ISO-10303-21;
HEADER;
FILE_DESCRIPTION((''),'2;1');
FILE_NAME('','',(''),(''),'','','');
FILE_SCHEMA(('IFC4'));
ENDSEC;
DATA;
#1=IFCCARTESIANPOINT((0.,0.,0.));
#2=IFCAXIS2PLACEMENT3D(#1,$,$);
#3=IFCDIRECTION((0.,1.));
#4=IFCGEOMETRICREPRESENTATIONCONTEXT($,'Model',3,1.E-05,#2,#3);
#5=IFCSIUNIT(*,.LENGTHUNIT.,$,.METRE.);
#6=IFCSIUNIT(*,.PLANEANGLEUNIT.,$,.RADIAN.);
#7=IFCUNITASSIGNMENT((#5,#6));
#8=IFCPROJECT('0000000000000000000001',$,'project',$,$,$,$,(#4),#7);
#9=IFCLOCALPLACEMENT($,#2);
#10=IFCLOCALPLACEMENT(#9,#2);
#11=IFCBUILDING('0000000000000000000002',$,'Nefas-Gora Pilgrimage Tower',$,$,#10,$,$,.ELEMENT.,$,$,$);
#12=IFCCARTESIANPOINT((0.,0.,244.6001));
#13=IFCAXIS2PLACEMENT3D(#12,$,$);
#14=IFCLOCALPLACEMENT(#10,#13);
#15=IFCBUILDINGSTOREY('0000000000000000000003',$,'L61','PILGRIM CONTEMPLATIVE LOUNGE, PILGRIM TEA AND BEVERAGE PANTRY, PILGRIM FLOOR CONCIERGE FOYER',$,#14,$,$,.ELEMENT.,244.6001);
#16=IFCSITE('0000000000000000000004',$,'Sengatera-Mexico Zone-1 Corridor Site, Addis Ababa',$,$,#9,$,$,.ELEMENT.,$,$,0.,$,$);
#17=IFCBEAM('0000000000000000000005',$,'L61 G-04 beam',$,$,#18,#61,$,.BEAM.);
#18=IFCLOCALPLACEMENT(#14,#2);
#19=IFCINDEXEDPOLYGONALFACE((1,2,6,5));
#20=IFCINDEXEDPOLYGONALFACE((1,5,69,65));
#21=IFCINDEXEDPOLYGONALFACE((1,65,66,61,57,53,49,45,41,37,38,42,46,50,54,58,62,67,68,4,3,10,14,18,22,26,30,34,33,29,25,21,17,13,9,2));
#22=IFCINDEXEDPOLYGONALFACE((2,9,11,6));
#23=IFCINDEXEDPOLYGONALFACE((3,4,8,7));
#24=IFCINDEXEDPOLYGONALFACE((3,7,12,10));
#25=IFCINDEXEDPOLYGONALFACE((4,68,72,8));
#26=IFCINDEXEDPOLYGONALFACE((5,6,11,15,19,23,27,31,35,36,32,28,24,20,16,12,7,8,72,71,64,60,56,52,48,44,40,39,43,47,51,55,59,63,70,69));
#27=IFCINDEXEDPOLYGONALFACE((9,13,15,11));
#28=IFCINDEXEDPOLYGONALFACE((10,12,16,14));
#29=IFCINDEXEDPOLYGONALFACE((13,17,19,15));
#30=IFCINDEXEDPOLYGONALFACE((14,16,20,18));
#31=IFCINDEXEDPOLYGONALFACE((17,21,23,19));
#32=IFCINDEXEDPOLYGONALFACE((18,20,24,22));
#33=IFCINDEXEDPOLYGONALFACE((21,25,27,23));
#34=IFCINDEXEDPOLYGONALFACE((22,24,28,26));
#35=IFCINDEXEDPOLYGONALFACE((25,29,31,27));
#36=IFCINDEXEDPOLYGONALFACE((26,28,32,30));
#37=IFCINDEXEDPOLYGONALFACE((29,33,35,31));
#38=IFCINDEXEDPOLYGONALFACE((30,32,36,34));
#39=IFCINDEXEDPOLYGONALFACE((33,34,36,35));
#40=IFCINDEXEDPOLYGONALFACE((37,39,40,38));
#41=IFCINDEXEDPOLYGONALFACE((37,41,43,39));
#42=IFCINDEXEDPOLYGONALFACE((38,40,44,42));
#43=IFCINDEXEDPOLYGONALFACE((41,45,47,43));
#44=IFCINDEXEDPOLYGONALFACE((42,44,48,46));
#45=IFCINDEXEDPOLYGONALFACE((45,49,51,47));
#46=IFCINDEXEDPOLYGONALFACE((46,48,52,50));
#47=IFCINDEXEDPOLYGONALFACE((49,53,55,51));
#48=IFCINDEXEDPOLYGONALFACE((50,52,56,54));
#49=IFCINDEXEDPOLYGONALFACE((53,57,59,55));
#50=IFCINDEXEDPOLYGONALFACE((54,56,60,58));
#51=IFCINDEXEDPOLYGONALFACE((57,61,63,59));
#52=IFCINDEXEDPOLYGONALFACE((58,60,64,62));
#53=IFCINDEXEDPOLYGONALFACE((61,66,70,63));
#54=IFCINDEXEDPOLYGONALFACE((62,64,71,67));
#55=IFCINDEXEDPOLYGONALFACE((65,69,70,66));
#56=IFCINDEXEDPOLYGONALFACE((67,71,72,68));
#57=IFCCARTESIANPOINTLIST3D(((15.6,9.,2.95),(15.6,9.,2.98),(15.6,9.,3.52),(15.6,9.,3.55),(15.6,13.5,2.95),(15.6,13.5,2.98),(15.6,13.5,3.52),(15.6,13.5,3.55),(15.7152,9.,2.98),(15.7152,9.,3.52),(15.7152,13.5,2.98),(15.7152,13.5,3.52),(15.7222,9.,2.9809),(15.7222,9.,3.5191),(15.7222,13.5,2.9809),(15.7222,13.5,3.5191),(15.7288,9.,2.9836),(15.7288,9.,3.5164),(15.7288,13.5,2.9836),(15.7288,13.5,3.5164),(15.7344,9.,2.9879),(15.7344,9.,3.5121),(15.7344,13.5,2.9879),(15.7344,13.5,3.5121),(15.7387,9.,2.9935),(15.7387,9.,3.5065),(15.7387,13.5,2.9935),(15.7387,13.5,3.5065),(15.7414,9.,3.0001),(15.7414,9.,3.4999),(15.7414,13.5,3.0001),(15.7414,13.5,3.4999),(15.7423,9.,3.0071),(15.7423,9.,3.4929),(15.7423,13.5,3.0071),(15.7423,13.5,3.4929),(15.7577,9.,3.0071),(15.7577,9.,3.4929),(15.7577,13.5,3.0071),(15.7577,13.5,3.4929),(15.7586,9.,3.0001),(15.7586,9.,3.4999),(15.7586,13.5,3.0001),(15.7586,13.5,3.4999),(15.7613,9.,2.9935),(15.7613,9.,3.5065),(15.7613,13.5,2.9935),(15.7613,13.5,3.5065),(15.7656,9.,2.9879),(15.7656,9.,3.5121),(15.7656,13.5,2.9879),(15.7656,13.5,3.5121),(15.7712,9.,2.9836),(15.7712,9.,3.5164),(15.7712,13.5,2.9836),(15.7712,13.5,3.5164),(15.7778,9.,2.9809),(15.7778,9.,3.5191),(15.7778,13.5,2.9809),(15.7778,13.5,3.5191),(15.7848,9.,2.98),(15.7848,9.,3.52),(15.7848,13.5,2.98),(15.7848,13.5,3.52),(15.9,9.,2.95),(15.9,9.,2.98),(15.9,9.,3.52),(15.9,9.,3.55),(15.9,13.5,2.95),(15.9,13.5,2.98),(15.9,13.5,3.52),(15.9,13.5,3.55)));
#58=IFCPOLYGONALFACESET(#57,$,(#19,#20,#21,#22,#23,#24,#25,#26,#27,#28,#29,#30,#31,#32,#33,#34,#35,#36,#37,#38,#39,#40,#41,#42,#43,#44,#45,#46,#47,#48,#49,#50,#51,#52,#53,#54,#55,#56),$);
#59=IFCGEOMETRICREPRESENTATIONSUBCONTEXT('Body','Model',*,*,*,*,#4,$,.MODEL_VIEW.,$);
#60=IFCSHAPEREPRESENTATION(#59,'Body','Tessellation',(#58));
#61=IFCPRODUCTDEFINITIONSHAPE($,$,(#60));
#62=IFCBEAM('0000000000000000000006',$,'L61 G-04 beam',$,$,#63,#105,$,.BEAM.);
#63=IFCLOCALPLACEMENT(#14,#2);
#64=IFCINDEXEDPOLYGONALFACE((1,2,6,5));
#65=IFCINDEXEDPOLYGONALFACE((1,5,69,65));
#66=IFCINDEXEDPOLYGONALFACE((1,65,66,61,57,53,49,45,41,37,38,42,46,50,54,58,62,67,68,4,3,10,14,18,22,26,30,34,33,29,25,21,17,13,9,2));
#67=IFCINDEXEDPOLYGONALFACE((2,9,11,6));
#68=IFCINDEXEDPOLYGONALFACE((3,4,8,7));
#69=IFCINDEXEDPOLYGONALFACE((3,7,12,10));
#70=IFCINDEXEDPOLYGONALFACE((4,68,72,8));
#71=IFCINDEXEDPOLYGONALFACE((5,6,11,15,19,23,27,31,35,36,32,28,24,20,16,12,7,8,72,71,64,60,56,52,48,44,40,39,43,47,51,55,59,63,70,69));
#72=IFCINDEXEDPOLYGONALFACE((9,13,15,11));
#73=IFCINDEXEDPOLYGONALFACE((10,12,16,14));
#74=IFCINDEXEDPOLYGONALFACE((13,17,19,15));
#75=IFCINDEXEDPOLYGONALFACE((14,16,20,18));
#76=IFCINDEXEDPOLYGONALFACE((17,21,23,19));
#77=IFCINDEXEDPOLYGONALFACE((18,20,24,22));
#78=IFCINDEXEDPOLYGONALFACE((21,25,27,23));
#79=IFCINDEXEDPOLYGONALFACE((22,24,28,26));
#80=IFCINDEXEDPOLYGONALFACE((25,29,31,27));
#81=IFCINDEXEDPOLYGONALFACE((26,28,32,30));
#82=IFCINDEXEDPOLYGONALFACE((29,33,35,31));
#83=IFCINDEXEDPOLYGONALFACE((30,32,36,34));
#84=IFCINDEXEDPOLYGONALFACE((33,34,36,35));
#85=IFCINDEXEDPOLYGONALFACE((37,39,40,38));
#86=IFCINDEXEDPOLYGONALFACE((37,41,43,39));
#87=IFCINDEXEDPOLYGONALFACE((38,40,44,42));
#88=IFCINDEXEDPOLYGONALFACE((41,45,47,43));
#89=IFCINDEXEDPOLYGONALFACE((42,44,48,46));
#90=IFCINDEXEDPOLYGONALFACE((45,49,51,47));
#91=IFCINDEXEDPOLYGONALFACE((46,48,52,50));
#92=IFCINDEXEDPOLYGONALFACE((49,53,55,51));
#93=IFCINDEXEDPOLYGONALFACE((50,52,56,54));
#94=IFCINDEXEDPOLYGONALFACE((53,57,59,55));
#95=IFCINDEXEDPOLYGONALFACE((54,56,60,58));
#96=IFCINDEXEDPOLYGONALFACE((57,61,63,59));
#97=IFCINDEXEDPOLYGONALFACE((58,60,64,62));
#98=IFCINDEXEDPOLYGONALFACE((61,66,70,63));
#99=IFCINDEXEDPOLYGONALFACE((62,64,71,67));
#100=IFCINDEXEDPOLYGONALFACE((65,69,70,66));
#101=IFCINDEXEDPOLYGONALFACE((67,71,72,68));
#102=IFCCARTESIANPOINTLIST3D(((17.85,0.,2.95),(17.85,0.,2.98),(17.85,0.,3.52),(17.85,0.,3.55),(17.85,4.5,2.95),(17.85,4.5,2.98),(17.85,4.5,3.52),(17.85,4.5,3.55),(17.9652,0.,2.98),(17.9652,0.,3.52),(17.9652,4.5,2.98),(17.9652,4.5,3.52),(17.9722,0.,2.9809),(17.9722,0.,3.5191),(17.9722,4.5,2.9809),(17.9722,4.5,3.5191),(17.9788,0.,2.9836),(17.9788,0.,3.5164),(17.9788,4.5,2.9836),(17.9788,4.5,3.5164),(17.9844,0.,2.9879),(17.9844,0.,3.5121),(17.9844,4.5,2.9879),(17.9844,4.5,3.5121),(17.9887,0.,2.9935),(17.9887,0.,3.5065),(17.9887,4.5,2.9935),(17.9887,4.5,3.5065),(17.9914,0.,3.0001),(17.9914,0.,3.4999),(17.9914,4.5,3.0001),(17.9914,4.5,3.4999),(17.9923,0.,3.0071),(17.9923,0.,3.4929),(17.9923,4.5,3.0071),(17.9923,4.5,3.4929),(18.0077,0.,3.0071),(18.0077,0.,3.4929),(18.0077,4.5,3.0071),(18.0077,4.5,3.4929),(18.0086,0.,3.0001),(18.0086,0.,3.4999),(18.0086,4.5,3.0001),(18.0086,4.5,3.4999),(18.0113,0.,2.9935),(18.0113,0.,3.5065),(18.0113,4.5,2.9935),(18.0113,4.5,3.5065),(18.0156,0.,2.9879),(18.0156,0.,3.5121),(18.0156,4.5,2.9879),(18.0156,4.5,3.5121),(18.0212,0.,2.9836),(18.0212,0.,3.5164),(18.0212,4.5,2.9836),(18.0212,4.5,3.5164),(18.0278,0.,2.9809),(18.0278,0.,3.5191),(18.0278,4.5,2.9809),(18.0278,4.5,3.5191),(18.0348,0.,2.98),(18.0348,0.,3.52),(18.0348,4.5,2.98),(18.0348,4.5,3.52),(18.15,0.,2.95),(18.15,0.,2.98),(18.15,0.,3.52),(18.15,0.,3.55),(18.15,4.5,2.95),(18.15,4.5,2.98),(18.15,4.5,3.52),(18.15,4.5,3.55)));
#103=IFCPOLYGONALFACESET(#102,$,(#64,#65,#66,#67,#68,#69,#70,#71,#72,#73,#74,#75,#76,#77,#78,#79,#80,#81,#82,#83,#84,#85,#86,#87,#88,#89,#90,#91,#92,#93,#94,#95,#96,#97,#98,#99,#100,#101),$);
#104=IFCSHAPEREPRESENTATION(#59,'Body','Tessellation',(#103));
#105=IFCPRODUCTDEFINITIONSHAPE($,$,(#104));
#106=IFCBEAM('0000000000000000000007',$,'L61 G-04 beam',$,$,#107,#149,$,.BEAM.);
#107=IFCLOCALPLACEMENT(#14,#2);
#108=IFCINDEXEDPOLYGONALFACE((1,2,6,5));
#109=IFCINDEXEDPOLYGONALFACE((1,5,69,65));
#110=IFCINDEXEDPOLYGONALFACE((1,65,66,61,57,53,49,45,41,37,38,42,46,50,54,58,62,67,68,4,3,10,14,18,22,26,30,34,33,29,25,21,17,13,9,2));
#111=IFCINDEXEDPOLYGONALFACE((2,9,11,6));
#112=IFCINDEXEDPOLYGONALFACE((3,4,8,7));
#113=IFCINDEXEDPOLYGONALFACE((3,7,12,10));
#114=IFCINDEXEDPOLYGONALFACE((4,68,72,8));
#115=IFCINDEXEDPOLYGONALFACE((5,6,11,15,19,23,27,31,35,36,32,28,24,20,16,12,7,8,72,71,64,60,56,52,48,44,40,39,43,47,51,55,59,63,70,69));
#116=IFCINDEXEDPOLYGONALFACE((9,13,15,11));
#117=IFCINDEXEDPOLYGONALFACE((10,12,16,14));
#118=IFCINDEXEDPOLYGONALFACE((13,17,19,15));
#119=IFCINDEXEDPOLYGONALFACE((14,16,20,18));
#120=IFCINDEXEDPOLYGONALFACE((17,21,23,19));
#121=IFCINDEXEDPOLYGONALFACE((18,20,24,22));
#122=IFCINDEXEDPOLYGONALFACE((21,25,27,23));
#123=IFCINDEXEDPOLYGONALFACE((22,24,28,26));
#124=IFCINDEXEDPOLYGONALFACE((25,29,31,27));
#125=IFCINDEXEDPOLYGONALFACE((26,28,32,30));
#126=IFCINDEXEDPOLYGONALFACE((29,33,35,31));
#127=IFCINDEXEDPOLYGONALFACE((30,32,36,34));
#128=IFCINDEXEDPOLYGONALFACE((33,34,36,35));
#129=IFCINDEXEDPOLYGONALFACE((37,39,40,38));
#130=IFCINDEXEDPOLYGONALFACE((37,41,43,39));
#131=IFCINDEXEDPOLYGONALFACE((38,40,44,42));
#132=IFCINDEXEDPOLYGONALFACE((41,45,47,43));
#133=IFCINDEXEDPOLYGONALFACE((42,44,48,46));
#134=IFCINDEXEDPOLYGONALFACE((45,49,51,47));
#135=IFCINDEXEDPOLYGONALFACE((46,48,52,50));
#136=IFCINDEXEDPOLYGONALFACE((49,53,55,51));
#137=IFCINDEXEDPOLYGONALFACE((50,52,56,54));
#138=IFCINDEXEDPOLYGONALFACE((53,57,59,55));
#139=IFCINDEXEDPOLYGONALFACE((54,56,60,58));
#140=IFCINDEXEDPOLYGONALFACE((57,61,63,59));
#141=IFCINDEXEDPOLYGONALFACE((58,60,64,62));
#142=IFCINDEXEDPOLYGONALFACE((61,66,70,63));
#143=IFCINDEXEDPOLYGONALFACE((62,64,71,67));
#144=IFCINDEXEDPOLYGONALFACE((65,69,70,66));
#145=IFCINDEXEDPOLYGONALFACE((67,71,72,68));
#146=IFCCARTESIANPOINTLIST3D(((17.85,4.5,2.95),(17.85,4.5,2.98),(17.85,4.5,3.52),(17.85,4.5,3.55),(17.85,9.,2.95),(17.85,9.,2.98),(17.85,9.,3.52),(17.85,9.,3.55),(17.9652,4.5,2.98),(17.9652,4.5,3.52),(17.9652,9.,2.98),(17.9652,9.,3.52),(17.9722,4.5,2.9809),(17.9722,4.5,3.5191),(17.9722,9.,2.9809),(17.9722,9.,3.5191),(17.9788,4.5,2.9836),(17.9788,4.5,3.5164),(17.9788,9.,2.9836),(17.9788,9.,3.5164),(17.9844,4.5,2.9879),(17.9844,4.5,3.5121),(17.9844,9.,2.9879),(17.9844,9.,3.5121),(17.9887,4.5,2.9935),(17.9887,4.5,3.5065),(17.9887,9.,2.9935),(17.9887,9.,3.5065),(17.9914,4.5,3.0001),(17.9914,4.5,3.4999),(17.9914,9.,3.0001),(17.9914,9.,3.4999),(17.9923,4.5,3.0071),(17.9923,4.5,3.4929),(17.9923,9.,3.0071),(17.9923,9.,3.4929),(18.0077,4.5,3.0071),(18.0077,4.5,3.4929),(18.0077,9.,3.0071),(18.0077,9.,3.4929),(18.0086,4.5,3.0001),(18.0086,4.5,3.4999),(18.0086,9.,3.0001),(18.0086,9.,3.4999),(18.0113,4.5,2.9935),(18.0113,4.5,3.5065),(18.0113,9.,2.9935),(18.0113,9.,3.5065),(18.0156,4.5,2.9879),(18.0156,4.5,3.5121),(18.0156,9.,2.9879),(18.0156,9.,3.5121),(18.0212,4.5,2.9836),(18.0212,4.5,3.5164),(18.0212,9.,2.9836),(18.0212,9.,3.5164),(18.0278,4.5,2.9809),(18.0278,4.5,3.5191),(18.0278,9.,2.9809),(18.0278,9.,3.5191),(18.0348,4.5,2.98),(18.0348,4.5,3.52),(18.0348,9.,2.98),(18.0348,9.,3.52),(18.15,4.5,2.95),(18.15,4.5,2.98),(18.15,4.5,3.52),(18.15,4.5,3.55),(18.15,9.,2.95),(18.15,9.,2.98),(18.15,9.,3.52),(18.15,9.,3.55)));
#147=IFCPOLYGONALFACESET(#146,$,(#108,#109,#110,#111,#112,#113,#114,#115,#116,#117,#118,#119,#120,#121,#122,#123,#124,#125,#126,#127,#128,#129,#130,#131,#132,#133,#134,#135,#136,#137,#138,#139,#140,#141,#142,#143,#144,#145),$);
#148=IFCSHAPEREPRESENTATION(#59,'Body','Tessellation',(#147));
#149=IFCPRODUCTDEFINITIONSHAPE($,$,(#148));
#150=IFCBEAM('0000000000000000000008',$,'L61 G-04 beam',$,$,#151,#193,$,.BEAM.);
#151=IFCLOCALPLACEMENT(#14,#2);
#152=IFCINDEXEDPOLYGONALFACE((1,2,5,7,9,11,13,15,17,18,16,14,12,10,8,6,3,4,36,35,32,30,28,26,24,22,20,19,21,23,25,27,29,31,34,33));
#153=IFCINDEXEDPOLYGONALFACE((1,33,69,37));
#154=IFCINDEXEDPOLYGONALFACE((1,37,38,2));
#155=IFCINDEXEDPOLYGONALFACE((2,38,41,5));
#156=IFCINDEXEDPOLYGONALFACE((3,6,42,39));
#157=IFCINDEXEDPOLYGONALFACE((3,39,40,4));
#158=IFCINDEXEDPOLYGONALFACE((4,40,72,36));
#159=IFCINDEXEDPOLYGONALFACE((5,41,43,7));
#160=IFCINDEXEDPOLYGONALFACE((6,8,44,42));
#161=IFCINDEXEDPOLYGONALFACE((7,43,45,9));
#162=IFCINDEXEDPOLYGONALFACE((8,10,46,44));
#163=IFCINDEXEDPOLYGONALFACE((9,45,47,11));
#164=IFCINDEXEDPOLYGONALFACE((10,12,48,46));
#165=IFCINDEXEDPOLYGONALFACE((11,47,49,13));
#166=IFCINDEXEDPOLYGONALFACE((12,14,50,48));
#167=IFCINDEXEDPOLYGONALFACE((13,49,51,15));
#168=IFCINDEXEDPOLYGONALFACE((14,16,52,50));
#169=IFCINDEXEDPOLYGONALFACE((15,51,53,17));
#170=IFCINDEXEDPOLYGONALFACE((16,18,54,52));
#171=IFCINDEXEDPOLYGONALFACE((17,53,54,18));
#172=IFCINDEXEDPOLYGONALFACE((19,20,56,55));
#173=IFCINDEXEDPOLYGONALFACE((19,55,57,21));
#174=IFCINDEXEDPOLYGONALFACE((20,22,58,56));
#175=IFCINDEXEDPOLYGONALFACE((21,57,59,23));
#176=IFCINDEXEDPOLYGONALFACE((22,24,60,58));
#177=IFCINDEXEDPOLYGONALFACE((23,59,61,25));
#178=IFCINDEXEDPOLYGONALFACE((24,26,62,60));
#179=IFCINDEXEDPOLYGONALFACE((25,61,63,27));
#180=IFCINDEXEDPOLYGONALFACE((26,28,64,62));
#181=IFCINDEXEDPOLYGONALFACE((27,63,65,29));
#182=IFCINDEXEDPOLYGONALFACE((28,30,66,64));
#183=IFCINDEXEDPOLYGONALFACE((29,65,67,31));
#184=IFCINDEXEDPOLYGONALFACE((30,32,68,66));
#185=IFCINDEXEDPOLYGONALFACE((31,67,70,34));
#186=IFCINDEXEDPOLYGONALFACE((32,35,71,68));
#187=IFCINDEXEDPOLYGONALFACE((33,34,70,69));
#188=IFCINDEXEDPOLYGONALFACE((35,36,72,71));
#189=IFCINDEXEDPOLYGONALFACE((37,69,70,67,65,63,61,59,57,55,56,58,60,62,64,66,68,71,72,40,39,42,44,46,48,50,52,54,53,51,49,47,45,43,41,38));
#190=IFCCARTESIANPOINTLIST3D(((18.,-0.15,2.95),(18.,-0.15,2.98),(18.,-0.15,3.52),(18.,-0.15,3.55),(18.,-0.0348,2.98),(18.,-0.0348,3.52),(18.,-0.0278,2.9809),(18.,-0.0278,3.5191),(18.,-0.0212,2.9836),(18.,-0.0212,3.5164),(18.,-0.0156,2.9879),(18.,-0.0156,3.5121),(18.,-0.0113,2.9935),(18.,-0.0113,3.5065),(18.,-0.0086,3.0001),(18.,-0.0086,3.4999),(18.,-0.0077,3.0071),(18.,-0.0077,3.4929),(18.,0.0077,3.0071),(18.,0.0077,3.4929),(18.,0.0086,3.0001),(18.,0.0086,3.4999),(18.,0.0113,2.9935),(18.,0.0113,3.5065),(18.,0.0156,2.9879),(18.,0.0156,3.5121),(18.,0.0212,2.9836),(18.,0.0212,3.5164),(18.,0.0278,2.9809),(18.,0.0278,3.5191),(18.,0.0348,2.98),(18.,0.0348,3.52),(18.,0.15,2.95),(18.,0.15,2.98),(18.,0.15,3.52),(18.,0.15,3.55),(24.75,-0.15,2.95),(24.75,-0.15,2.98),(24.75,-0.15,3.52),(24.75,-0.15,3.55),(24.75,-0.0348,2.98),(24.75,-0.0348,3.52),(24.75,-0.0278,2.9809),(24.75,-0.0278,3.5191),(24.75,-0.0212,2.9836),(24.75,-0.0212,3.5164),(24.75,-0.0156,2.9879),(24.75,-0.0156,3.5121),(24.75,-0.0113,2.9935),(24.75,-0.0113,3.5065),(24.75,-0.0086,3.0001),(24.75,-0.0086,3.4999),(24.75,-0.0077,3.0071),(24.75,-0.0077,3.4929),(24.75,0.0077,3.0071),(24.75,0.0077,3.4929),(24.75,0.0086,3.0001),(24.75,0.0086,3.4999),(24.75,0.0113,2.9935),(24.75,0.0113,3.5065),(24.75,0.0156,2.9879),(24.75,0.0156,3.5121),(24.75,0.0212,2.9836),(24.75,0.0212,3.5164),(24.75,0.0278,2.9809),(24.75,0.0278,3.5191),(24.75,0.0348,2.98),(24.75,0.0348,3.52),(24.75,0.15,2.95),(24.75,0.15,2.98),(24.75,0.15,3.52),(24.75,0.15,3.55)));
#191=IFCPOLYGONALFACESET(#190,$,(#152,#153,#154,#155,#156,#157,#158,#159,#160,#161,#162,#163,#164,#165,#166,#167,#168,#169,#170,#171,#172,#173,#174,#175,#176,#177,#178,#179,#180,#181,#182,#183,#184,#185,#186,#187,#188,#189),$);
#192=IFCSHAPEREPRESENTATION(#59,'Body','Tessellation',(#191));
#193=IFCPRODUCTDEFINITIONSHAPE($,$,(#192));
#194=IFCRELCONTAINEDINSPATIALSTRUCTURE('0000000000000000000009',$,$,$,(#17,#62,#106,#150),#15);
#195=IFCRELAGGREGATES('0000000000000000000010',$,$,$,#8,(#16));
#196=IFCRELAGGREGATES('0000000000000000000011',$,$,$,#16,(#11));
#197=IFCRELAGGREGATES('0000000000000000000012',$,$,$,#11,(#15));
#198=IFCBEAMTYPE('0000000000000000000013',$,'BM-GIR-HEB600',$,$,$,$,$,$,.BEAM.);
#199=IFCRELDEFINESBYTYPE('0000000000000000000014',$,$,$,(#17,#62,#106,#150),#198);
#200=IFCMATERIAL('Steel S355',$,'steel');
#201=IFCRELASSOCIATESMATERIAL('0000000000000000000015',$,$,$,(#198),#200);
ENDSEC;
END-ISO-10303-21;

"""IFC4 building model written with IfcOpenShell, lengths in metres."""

from ifc_helpers import new_model, si_unit, direction, frame, origin, origin_2d, place, context, subcontext, project, spatial, i_section, extrude, source, transform, mapped, material, material_profile, profile_set, type_object, element, save


model = new_model("IFC4")

# Units and contexts
model_context = context("Model", 3, precision=1e-05, world=origin(), true_north=direction((0.0, 1.0)))
body_context = subcontext(model_context, "Body", "Model", "MODEL_VIEW")
ifc_project = project(units=[si_unit("LENGTHUNIT", "METRE"), si_unit("PLANEANGLEUNIT", "RADIAN")], contexts=[model_context])

# Site, building, storey
site_placement = place(None, origin())
site = spatial("IfcSite", under=ifc_project, at=site_placement, Name="Sengatera-Mexico Zone-1 Corridor Site, Addis Ababa", CompositionType="ELEMENT", RefElevation=0.0)
building_placement = place(site_placement, origin())
building = spatial("IfcBuilding", under=site, at=building_placement, Name="Nefas-Gora Pilgrimage Tower", CompositionType="ELEMENT")
storey_placement = place(building_placement, frame((0.0, 0.0, 244.6001)))
storey = spatial("IfcBuildingStorey", under=building, at=storey_placement, Name="L61", Description="PILGRIM CONTEMPLATIVE LOUNGE, PILGRIM TEA AND BEVERAGE PANTRY, PILGRIM FLOOR CONCIERGE FOYER", CompositionType="ELEMENT", Elevation=244.6001)

# Beams
ifc_material_1 = material(Name="Steel S355", Category="steel")
ifc_material_profile_1 = material_profile(ifc_material_1, i_section(OverallWidth=0.3, OverallDepth=0.6001, WebThickness=0.0154, FlangeThickness=0.03, FilletRadius=0.0271, at=origin_2d()), Name="HEB 600")
ifc_profile_set_1 = profile_set([ifc_material_profile_1], Name="Steel S355")
beam_type_1 = type_object("IfcBeamType", Name="BM-GIR-HEB600", PredefinedType="BEAM", material=ifc_profile_set_1)
shared_shape_1 = source(origin(), body_context, "Body", "SweptSolid", [
    extrude(i_section(OverallWidth=0.3, OverallDepth=0.6001, WebThickness=0.0154, FlangeThickness=0.03, FilletRadius=0.0271, at=origin_2d()), origin(), (0.0, 0.0, 1.0), 4.5),
])
for number, where, z_axis, x_axis, name in (
    (1, (15.75, 9.0, 3.25), (0.0, 1.0, 0.0), (-1.0, 0.0, 0.0), "L61 G-04 beam"),
    (2, (18.0, 0.0, 3.25), (0.0, 1.0, 0.0), (-1.0, 0.0, 0.0), "L61 G-04 beam"),
    (3, (18.0, 4.5, 3.25), (0.0, 1.0, 0.0), (-1.0, 0.0, 0.0), "L61 G-04 beam"),
):
    element("IfcBeam", number, at=place(storey_placement, frame(where, z_axis=z_axis, x_axis=x_axis)), inside=storey, type_object=beam_type_1, Name=name, PredefinedType="BEAM", context=body_context, shape_type="MappedRepresentation", body=[
        mapped(shared_shape_1, transform((0.0, 0.0, 0.0), x_axis=(1.0, 0.0, 0.0), y_axis=(0.0, 1.0, 0.0), z_axis=(0.0, 0.0, 1.0), scale=1.0)),
    ])
shared_shape_2 = source(origin(), body_context, "Body", "SweptSolid", [
    extrude(i_section(OverallWidth=0.3, OverallDepth=0.6001, WebThickness=0.0154, FlangeThickness=0.03, FilletRadius=0.0271, at=origin_2d()), origin(), (0.0, 0.0, 1.0), 6.75),
])
for number, where, z_axis, x_axis, name in (
    (4, (18.0, 0.0, 3.25), (1.0, 0.0, 0.0), (0.0, 1.0, 0.0), "L61 G-04 beam"),
):
    element("IfcBeam", number, at=place(storey_placement, frame(where, z_axis=z_axis, x_axis=x_axis)), inside=storey, type_object=beam_type_1, Name=name, PredefinedType="BEAM", context=body_context, shape_type="MappedRepresentation", body=[
        mapped(shared_shape_2, transform((0.0, 0.0, 0.0), x_axis=(1.0, 0.0, 0.0), y_axis=(0.0, 1.0, 0.0), z_axis=(0.0, 0.0, 1.0), scale=1.0)),
    ])

save(model, "model.ifc")
